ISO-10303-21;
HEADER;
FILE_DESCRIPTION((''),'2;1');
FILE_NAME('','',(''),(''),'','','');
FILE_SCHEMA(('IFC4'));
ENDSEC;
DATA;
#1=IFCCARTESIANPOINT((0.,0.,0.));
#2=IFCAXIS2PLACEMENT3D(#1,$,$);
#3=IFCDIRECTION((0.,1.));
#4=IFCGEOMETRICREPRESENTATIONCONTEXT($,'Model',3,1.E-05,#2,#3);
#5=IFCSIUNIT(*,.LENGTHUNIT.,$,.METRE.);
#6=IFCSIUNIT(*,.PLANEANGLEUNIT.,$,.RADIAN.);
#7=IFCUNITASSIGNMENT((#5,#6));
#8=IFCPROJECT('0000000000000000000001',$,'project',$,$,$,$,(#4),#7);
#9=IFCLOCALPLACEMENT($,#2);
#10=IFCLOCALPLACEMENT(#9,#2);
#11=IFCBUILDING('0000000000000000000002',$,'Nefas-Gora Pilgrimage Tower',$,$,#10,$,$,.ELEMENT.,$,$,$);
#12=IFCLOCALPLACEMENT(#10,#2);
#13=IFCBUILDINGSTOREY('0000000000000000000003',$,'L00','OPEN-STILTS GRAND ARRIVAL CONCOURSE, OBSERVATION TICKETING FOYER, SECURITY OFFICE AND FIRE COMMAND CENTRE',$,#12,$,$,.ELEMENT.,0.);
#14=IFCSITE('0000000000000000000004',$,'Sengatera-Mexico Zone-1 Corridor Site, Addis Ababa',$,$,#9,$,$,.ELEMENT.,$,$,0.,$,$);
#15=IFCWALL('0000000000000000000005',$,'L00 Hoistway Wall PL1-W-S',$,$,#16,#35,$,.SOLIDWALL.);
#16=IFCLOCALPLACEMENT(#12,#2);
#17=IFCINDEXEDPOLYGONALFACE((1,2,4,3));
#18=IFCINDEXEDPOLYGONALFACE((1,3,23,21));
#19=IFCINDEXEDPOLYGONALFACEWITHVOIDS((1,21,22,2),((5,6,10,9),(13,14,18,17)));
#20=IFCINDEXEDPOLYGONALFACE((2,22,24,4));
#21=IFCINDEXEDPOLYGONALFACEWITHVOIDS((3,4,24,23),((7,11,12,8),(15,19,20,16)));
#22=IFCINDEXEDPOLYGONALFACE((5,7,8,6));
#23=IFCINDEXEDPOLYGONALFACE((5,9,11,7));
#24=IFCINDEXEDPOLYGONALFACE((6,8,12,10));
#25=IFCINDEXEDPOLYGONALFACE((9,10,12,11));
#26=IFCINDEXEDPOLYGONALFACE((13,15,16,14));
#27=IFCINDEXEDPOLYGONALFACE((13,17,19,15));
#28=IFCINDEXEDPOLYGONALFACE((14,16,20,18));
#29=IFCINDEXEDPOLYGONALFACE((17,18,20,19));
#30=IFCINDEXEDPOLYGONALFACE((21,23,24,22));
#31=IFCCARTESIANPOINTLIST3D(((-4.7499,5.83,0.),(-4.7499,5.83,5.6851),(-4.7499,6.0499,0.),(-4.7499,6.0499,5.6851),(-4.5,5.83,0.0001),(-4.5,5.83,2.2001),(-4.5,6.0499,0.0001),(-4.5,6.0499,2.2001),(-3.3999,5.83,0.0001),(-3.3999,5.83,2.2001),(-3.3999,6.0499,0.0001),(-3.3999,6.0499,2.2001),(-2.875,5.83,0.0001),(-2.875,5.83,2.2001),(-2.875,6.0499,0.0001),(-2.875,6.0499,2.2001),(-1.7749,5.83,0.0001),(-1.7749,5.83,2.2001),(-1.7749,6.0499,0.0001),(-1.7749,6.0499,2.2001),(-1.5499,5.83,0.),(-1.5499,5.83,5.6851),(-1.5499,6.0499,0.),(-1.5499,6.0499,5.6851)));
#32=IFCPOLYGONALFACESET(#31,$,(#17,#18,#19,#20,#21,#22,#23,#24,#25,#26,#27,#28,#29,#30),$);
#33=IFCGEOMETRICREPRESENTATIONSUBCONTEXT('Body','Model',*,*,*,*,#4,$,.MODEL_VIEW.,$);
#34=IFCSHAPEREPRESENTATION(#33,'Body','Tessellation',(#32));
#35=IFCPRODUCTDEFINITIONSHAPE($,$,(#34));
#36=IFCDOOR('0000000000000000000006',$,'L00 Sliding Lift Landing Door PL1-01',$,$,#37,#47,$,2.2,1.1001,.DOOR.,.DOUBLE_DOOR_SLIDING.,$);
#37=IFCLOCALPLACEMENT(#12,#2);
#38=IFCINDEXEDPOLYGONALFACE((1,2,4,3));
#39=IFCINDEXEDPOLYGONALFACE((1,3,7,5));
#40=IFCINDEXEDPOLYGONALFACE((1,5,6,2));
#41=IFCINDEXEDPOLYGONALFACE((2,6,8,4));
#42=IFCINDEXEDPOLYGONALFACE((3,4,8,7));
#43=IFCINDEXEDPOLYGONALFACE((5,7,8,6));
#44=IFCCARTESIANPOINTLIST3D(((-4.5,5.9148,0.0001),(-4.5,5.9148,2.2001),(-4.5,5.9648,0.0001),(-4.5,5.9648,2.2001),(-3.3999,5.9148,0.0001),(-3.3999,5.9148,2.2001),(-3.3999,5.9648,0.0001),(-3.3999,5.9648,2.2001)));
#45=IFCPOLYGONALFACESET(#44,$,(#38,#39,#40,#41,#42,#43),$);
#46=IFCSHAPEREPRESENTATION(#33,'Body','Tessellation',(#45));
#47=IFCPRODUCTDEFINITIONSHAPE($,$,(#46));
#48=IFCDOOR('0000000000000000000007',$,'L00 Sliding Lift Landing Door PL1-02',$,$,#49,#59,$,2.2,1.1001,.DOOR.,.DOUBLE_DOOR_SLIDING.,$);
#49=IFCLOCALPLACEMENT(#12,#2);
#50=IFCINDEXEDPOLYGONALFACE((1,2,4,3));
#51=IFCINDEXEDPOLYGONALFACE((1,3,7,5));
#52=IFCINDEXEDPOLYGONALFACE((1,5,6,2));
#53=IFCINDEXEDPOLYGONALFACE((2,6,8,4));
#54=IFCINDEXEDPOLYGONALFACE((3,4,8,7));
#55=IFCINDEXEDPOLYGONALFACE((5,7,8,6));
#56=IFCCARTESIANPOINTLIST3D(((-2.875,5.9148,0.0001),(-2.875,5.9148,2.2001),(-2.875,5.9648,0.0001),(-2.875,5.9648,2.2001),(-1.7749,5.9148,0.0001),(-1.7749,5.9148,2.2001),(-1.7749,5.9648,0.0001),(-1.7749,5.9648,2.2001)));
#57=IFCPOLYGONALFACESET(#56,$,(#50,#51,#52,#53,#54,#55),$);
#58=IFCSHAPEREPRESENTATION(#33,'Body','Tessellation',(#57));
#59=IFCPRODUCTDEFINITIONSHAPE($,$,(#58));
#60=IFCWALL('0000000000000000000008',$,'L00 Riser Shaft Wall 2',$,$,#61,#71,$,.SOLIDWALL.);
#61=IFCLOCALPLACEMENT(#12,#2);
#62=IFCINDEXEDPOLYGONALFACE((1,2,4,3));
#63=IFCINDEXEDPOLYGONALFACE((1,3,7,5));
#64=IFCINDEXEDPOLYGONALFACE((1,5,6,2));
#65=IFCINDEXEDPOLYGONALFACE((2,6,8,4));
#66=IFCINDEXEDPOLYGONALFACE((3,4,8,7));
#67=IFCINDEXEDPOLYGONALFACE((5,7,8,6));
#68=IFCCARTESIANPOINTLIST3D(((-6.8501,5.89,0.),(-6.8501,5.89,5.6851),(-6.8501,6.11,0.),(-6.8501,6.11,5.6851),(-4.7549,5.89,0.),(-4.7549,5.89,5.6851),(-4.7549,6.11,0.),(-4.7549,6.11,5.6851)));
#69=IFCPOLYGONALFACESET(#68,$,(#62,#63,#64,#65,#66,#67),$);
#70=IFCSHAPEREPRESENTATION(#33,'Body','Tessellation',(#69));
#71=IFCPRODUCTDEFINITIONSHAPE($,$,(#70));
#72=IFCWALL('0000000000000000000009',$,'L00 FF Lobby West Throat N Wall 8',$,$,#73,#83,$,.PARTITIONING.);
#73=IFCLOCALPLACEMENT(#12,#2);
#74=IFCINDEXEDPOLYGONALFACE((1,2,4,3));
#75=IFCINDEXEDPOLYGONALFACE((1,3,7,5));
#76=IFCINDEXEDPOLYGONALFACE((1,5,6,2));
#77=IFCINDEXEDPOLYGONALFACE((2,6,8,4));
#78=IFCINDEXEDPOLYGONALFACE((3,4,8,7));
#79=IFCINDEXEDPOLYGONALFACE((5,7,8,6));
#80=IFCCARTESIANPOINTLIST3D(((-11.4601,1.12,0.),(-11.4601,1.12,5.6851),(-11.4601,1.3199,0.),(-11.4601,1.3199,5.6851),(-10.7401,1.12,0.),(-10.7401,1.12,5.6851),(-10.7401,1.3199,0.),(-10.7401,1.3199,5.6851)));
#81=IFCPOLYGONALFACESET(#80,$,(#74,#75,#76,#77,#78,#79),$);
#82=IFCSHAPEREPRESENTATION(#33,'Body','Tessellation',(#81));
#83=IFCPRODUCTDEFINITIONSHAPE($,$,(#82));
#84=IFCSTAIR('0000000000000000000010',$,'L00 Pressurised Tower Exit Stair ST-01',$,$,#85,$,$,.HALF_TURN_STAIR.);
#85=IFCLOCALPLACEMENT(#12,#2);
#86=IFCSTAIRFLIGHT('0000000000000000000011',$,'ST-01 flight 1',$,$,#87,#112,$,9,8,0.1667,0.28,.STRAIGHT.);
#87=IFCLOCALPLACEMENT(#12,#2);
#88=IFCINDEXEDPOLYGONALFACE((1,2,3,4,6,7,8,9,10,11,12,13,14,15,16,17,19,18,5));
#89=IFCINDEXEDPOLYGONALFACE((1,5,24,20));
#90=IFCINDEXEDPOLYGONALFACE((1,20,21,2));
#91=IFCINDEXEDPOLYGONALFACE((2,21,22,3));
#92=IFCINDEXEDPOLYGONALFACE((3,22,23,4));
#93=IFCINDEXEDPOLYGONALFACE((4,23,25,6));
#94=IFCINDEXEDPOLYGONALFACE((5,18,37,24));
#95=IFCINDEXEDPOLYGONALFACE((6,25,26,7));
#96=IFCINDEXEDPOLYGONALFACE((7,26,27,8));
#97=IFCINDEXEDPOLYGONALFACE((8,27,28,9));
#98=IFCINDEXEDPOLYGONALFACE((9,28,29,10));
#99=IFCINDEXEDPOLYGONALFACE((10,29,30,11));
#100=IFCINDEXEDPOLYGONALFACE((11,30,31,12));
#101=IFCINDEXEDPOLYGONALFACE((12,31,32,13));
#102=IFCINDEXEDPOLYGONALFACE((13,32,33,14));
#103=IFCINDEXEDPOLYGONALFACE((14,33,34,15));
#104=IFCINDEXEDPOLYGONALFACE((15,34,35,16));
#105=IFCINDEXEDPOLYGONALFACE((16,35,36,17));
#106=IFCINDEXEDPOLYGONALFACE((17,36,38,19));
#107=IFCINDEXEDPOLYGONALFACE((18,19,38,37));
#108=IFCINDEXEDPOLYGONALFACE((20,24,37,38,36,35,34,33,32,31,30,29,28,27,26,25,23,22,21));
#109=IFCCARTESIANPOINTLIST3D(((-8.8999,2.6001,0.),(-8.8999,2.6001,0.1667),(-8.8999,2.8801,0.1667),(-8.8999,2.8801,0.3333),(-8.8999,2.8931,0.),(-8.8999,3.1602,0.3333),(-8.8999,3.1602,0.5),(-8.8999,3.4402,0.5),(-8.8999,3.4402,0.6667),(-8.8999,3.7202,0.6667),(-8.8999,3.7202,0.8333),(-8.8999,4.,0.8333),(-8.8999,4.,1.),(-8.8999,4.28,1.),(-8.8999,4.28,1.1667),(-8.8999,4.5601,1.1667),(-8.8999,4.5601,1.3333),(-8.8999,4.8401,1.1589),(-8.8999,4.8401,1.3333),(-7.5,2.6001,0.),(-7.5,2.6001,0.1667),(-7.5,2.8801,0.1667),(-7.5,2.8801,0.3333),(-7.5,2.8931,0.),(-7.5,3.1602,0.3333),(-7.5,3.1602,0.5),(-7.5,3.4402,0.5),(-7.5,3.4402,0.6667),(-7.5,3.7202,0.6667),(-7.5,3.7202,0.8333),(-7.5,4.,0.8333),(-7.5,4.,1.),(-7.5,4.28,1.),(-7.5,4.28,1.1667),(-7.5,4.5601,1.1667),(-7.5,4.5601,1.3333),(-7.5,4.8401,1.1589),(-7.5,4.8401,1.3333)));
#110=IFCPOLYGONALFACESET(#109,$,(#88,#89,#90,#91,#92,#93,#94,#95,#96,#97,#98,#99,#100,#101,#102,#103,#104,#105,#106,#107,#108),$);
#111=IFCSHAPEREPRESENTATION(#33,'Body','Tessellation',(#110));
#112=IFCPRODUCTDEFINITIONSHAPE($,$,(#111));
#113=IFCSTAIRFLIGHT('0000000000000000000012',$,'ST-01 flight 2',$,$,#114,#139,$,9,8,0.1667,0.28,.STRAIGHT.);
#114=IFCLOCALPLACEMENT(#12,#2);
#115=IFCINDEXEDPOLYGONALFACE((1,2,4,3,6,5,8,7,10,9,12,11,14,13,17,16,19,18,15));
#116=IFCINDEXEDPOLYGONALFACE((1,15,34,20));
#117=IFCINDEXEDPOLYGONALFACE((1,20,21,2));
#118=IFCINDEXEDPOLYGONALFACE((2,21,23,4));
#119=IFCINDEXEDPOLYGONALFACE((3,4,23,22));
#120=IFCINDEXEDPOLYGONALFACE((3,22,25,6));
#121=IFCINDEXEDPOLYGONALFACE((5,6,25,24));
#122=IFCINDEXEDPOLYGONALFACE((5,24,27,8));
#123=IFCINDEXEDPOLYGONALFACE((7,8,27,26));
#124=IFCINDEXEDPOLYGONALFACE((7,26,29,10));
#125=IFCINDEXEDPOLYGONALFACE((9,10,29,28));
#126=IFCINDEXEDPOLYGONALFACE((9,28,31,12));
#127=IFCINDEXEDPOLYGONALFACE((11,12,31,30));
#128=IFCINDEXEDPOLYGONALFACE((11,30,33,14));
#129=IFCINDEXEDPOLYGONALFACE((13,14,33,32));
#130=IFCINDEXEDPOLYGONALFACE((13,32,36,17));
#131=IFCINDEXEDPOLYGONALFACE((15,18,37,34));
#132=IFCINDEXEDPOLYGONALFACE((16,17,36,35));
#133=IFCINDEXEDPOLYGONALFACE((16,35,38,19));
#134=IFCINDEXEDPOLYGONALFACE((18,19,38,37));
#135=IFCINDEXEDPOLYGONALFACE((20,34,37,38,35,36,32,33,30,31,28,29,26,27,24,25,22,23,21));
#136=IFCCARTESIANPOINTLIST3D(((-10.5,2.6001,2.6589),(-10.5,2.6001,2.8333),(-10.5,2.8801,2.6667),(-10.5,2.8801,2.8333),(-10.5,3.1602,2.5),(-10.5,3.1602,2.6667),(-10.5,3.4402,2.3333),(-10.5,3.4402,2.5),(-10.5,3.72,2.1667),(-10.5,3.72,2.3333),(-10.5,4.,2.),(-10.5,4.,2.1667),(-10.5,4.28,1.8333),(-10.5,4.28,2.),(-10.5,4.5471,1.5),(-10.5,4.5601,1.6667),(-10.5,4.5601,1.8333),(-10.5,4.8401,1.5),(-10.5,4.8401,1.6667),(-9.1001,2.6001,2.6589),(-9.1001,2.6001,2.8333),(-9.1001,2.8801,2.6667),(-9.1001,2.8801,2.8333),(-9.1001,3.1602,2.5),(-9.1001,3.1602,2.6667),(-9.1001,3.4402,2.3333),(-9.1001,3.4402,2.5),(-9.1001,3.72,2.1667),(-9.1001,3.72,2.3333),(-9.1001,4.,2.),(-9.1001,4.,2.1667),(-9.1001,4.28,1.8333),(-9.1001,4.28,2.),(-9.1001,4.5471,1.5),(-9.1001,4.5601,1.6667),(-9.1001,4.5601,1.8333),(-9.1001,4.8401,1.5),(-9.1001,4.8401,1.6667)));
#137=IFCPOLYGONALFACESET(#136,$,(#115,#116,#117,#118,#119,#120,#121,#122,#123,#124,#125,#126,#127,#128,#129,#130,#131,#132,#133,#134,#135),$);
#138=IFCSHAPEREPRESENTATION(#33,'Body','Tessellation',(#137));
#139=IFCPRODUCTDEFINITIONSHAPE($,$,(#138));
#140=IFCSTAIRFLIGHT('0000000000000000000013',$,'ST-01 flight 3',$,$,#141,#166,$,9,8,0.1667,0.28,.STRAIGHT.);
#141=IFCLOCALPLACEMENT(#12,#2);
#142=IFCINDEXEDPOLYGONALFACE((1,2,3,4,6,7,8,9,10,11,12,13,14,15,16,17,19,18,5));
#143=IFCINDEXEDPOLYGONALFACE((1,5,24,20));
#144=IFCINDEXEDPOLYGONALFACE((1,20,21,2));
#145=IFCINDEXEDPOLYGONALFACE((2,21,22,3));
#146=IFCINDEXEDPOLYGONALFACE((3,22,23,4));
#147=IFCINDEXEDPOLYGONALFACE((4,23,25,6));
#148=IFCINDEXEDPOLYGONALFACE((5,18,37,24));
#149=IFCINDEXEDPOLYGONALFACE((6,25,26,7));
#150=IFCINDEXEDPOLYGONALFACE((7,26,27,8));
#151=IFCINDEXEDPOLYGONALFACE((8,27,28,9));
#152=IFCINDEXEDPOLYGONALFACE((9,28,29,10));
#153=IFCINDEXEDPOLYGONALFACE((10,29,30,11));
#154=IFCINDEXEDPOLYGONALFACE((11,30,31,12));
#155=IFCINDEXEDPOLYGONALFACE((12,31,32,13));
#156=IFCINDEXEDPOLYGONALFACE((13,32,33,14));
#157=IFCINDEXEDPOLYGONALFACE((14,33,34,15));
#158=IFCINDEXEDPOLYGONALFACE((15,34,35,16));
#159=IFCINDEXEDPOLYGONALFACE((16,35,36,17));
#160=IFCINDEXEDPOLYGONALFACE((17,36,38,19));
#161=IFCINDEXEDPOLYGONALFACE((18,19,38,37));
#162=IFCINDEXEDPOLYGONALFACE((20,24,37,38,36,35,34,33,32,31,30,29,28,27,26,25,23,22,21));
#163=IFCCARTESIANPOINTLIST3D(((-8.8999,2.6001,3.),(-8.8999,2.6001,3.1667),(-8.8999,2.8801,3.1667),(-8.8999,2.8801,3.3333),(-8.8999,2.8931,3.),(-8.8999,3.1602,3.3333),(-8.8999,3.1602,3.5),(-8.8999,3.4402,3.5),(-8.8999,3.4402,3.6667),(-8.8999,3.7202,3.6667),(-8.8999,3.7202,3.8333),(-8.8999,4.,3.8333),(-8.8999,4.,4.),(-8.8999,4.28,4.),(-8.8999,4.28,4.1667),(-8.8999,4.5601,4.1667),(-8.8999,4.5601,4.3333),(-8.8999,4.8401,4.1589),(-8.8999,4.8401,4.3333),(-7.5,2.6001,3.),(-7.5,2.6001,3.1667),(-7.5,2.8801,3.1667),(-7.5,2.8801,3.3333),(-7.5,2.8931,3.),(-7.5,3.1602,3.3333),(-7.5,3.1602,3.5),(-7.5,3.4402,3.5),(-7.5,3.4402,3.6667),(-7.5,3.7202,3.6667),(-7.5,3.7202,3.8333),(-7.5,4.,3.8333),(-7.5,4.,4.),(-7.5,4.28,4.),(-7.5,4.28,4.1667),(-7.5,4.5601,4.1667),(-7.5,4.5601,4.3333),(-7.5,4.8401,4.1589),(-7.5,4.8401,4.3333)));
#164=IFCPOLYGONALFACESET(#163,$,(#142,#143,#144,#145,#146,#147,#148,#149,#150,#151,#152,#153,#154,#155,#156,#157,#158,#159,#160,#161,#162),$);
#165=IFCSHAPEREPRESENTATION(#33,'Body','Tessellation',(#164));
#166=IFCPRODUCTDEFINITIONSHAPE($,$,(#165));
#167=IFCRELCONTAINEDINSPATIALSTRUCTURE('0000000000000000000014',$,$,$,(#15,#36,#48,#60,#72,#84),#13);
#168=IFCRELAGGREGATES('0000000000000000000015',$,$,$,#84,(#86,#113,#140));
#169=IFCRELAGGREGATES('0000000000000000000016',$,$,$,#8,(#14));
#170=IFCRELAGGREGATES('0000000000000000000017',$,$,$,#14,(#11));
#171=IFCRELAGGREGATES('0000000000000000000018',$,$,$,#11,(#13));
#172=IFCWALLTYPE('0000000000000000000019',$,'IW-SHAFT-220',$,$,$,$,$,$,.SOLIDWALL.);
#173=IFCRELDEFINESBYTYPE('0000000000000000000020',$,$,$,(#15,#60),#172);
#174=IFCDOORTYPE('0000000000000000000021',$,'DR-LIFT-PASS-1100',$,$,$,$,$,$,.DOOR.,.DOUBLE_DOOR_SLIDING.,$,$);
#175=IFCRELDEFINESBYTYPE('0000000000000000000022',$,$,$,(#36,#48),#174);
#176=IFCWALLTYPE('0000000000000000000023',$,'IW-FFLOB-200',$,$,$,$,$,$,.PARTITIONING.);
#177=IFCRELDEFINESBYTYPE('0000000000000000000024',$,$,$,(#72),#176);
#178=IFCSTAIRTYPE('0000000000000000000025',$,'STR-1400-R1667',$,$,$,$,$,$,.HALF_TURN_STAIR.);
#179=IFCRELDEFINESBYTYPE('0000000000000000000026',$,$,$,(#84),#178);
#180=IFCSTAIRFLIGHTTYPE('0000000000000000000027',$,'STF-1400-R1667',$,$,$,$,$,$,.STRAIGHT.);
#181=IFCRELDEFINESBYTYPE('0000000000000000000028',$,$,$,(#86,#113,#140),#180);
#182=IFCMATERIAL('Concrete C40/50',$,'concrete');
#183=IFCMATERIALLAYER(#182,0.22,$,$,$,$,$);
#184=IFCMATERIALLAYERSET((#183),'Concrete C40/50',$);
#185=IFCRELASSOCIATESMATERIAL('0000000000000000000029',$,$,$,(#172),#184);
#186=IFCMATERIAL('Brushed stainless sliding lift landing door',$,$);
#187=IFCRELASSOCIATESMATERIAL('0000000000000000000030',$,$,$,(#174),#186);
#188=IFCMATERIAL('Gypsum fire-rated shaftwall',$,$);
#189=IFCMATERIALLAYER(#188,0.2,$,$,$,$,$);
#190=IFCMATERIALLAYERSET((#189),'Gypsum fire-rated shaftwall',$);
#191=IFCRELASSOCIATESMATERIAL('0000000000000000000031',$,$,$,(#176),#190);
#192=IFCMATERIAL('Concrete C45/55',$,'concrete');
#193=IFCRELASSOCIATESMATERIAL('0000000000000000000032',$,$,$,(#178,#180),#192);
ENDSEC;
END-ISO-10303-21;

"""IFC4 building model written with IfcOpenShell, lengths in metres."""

from ifc_helpers import new_model, si_unit, direction, frame, frame_2d, origin, place, context, subcontext, project, spatial, polyline, rectangle, outline, extrude, source, transform, mapped, material, layer, layer_set, type_object, element, fill, aggregate, save


model = new_model("IFC4")

# Units and contexts
model_context = context("Model", 3, precision=1e-05, world=origin(), true_north=direction((0.0, 1.0)))
body_context = subcontext(model_context, "Body", "Model", "MODEL_VIEW")
ifc_project = project(units=[si_unit("LENGTHUNIT", "METRE"), si_unit("PLANEANGLEUNIT", "RADIAN")], contexts=[model_context])

# Site, building, storey
site_placement = place(None, origin())
site = spatial("IfcSite", under=ifc_project, at=site_placement, Name="Sengatera-Mexico Zone-1 Corridor Site, Addis Ababa", CompositionType="ELEMENT", RefElevation=0.0)
building_placement = place(site_placement, origin())
building = spatial("IfcBuilding", under=site, at=building_placement, Name="Nefas-Gora Pilgrimage Tower", CompositionType="ELEMENT")
storey_placement = place(building_placement, origin())
storey = spatial("IfcBuildingStorey", under=building, at=storey_placement, Name="L00", Description="OPEN-STILTS GRAND ARRIVAL CONCOURSE, OBSERVATION TICKETING FOYER, SECURITY OFFICE AND FIRE COMMAND CENTRE", CompositionType="ELEMENT", Elevation=0.0)

# Shared definitions
ifc_material_1 = material(Name="Concrete C45/55", Category="concrete")

# Shared definitions
ifc_material_2 = material(Name="Concrete C40/50", Category="concrete")
ifc_layer_1 = layer(ifc_material_2, 0.22)
ifc_layer_set_1 = layer_set([ifc_layer_1], Name="Concrete C40/50")
wall_type_1 = type_object("IfcWallType", Name="IW-SHAFT-220", PredefinedType="SOLIDWALL", material=ifc_layer_set_1)

# Wall, openings, doors
shared_shape_1 = source(origin(), body_context, "Body", "SweptSolid", [
    extrude(rectangle(XDim=3.2, YDim=0.22, at=frame_2d((1.6001, 0.0))), origin(), (0.0, 0.0, 1.0), 5.6851),
])
wall_1_placement = place(storey_placement, frame((-4.75, 5.9399, 0.0), z_axis=(0.0, 0.0, 1.0), x_axis=(1.0, 0.0, 0.0)))
wall_1 = element("IfcWall", 1, at=wall_1_placement, inside=storey, type_object=wall_type_1, Name="L00 Hoistway Wall PL1-W-S", PredefinedType="SOLIDWALL", context=body_context, shape_type="MappedRepresentation", body=[
    mapped(shared_shape_1, transform((0.0, 0.0, 0.0), x_axis=(1.0, 0.0, 0.0), y_axis=(0.0, 1.0, 0.0), z_axis=(0.0, 0.0, 1.0), scale=1.0)),
])
opening_1_placement = place(wall_1_placement, frame((0.25, 0.0, 0.0)))
opening_1 = element("IfcOpeningElement", 2, at=opening_1_placement, cuts=wall_1, PredefinedType="OPENING", context=body_context, shape_type="SweptSolid", body=[
    extrude(rectangle(XDim=1.1001, YDim=2.2, at=frame_2d((0.55, 1.1001))), frame((0.0, 0.1199, 0.0), z_axis=(0.0, -1.0, 0.0), x_axis=(1.0, 0.0, 0.0)), (0.0, 0.0, 1.0), 0.24),
])
opening_2_placement = place(wall_1_placement, frame((1.875, 0.0, 0.0)))
opening_2 = element("IfcOpeningElement", 3, at=opening_2_placement, cuts=wall_1, PredefinedType="OPENING", context=body_context, shape_type="SweptSolid", body=[
    extrude(rectangle(XDim=1.1001, YDim=2.2, at=frame_2d((0.55, 1.1001))), frame((0.0, 0.1199, 0.0), z_axis=(0.0, -1.0, 0.0), x_axis=(1.0, 0.0, 0.0)), (0.0, 0.0, 1.0), 0.24),
])
ifc_material_3 = material(Name="Brushed stainless sliding lift landing door")
door_type_1 = type_object("IfcDoorType", Name="DR-LIFT-PASS-1100", OperationType="DOUBLE_DOOR_SLIDING", PredefinedType="DOOR", material=ifc_material_3)
shared_shape_2 = source(origin(), body_context, "Body", "SweptSolid", [
    extrude(rectangle(XDim=1.1001, YDim=2.2, at=frame_2d((0.55, 1.1001))), frame((0.0, 0.0249, 0.0), z_axis=(0.0, -1.0, 0.0), x_axis=(1.0, 0.0, 0.0)), (0.0, 0.0, 1.0), 0.05),
])
door_1_placement = place(opening_1_placement, origin())
door_1 = element("IfcDoor", 4, at=door_1_placement, inside=storey, type_object=door_type_1, Name="L00 Sliding Lift Landing Door PL1-01", OperationType="DOUBLE_DOOR_SLIDING", OverallHeight=2.2, OverallWidth=1.1001, PredefinedType="DOOR", context=body_context, shape_type="MappedRepresentation", body=[
    mapped(shared_shape_2, transform((0.0, 0.0, 0.0), x_axis=(1.0, 0.0, 0.0), y_axis=(0.0, 1.0, 0.0), z_axis=(0.0, 0.0, 1.0), scale=1.0)),
])
fill(opening_1, door_1)
door_2_placement = place(opening_2_placement, origin())
door_2 = element("IfcDoor", 5, at=door_2_placement, inside=storey, type_object=door_type_1, Name="L00 Sliding Lift Landing Door PL1-02", OperationType="DOUBLE_DOOR_SLIDING", OverallHeight=2.2, OverallWidth=1.1001, PredefinedType="DOOR", context=body_context, shape_type="MappedRepresentation", body=[
    mapped(shared_shape_2, transform((0.0, 0.0, 0.0), x_axis=(1.0, 0.0, 0.0), y_axis=(0.0, 1.0, 0.0), z_axis=(0.0, 0.0, 1.0), scale=1.0)),
])
fill(opening_2, door_2)

# Walls
shared_shape_3 = source(origin(), body_context, "Body", "SweptSolid", [
    extrude(rectangle(XDim=2.0952, YDim=0.22, at=frame_2d((1.0476, 0.0))), origin(), (0.0, 0.0, 1.0), 5.6851),
])
wall_2_placement = place(storey_placement, frame((-6.8501, 6.0, 0.0), z_axis=(0.0, 0.0, 1.0), x_axis=(1.0, 0.0, 0.0)))
element("IfcWall", 6, at=wall_2_placement, inside=storey, type_object=wall_type_1, Name="L00 Riser Shaft Wall 2", PredefinedType="SOLIDWALL", context=body_context, shape_type="MappedRepresentation", body=[
    mapped(shared_shape_3, transform((0.0, 0.0, 0.0), x_axis=(1.0, 0.0, 0.0), y_axis=(0.0, 1.0, 0.0), z_axis=(0.0, 0.0, 1.0), scale=1.0)),
])
ifc_material_4 = material(Name="Gypsum fire-rated shaftwall")
ifc_layer_2 = layer(ifc_material_4, 0.2)
ifc_layer_set_2 = layer_set([ifc_layer_2], Name="Gypsum fire-rated shaftwall")
wall_type_2 = type_object("IfcWallType", Name="IW-FFLOB-200", PredefinedType="PARTITIONING", material=ifc_layer_set_2)
shared_shape_4 = source(origin(), body_context, "Body", "SweptSolid", [
    extrude(rectangle(XDim=0.72, YDim=0.2, at=frame_2d((0.3599, 0.0))), origin(), (0.0, 0.0, 1.0), 5.6851),
])
wall_3_placement = place(storey_placement, frame((-11.46, 1.22, 0.0), z_axis=(0.0, 0.0, 1.0), x_axis=(1.0, 0.0, 0.0)))
element("IfcWall", 7, at=wall_3_placement, inside=storey, type_object=wall_type_2, Name="L00 FF Lobby West Throat N Wall 8", PredefinedType="PARTITIONING", context=body_context, shape_type="MappedRepresentation", body=[
    mapped(shared_shape_4, transform((0.0, 0.0, 0.0), x_axis=(1.0, 0.0, 0.0), y_axis=(0.0, 1.0, 0.0), z_axis=(0.0, 0.0, 1.0), scale=1.0)),
])

# Stair, stair flights
stair_type = type_object("IfcStairType", Name="STR-1400-R1667", PredefinedType="HALF_TURN_STAIR", material=ifc_material_1)
stair_placement = place(storey_placement, origin())
stair = element("IfcStair", 8, at=stair_placement, inside=storey, type_object=stair_type, Name="L00 Pressurised Tower Exit Stair ST-01", PredefinedType="HALF_TURN_STAIR")
stair_flight_type = type_object("IfcStairFlightType", Name="STF-1400-R1667", PredefinedType="STRAIGHT", material=ifc_material_1)
shared_shape_5 = source(origin(), body_context, "Body", "SweptSolid", [
    extrude(outline(polyline([(0.0, 0.0), (0.0, 0.1667), (0.28, 0.1667), (0.28, 0.3333), (0.5601, 0.3333), (0.5601, 0.5), (0.8401, 0.5), (0.8401, 0.6667), (1.1201, 0.6667), (1.1201, 0.8333), (1.3999, 0.8333), (1.3999, 1.0), (1.6799, 1.0), (1.6799, 1.1667), (1.96, 1.1667), (1.96, 1.3333), (2.24, 1.3333), (2.24, 1.5), (2.24, 1.1589), (0.293, 0.0), (0.0, 0.0)])), frame((0.0, 0.7, 0.0), z_axis=(0.0, -1.0, 0.0), x_axis=(1.0, 0.0, 0.0)), (0.0, 0.0, 1.0), 1.3999),
])
stair_flight_1_placement = place(storey_placement, frame((-8.2, 2.6001, 0.0), z_axis=(0.0, 0.0, 1.0), x_axis=(0.0, 1.0, 0.0)))
stair_flight_1 = element("IfcStairFlight", 9, at=stair_flight_1_placement, type_object=stair_flight_type, Name="ST-01 flight 1", NumberOfRisers=9, NumberOfTreads=8, PredefinedType="STRAIGHT", RiserHeight=0.1667, TreadLength=0.28, context=body_context, shape_type="MappedRepresentation", body=[
    mapped(shared_shape_5, transform((0.0, 0.0, 0.0), x_axis=(1.0, 0.0, 0.0), y_axis=(0.0, 1.0, 0.0), z_axis=(0.0, 0.0, 1.0), scale=1.0)),
])
stair_flight_2_placement = place(storey_placement, frame((-9.8, 4.8401, 1.5), z_axis=(0.0, 0.0, 1.0), x_axis=(0.0, -1.0, 0.0)))
stair_flight_2 = element("IfcStairFlight", 10, at=stair_flight_2_placement, type_object=stair_flight_type, Name="ST-01 flight 2", NumberOfRisers=9, NumberOfTreads=8, PredefinedType="STRAIGHT", RiserHeight=0.1667, TreadLength=0.28, context=body_context, shape_type="MappedRepresentation", body=[
    mapped(shared_shape_5, transform((0.0, 0.0, 0.0), x_axis=(1.0, 0.0, 0.0), y_axis=(0.0, 1.0, 0.0), z_axis=(0.0, 0.0, 1.0), scale=1.0)),
])
stair_flight_3_placement = place(storey_placement, frame((-8.2, 2.6001, 3.0), z_axis=(0.0, 0.0, 1.0), x_axis=(0.0, 1.0, 0.0)))
stair_flight_3 = element("IfcStairFlight", 11, at=stair_flight_3_placement, type_object=stair_flight_type, Name="ST-01 flight 3", NumberOfRisers=9, NumberOfTreads=8, PredefinedType="STRAIGHT", RiserHeight=0.1667, TreadLength=0.28, context=body_context, shape_type="MappedRepresentation", body=[
    mapped(shared_shape_5, transform((0.0, 0.0, 0.0), x_axis=(1.0, 0.0, 0.0), y_axis=(0.0, 1.0, 0.0), z_axis=(0.0, 0.0, 1.0), scale=1.0)),
])
aggregate(stair, [stair_flight_1, stair_flight_2, stair_flight_3])

save(model, "model.ifc")
